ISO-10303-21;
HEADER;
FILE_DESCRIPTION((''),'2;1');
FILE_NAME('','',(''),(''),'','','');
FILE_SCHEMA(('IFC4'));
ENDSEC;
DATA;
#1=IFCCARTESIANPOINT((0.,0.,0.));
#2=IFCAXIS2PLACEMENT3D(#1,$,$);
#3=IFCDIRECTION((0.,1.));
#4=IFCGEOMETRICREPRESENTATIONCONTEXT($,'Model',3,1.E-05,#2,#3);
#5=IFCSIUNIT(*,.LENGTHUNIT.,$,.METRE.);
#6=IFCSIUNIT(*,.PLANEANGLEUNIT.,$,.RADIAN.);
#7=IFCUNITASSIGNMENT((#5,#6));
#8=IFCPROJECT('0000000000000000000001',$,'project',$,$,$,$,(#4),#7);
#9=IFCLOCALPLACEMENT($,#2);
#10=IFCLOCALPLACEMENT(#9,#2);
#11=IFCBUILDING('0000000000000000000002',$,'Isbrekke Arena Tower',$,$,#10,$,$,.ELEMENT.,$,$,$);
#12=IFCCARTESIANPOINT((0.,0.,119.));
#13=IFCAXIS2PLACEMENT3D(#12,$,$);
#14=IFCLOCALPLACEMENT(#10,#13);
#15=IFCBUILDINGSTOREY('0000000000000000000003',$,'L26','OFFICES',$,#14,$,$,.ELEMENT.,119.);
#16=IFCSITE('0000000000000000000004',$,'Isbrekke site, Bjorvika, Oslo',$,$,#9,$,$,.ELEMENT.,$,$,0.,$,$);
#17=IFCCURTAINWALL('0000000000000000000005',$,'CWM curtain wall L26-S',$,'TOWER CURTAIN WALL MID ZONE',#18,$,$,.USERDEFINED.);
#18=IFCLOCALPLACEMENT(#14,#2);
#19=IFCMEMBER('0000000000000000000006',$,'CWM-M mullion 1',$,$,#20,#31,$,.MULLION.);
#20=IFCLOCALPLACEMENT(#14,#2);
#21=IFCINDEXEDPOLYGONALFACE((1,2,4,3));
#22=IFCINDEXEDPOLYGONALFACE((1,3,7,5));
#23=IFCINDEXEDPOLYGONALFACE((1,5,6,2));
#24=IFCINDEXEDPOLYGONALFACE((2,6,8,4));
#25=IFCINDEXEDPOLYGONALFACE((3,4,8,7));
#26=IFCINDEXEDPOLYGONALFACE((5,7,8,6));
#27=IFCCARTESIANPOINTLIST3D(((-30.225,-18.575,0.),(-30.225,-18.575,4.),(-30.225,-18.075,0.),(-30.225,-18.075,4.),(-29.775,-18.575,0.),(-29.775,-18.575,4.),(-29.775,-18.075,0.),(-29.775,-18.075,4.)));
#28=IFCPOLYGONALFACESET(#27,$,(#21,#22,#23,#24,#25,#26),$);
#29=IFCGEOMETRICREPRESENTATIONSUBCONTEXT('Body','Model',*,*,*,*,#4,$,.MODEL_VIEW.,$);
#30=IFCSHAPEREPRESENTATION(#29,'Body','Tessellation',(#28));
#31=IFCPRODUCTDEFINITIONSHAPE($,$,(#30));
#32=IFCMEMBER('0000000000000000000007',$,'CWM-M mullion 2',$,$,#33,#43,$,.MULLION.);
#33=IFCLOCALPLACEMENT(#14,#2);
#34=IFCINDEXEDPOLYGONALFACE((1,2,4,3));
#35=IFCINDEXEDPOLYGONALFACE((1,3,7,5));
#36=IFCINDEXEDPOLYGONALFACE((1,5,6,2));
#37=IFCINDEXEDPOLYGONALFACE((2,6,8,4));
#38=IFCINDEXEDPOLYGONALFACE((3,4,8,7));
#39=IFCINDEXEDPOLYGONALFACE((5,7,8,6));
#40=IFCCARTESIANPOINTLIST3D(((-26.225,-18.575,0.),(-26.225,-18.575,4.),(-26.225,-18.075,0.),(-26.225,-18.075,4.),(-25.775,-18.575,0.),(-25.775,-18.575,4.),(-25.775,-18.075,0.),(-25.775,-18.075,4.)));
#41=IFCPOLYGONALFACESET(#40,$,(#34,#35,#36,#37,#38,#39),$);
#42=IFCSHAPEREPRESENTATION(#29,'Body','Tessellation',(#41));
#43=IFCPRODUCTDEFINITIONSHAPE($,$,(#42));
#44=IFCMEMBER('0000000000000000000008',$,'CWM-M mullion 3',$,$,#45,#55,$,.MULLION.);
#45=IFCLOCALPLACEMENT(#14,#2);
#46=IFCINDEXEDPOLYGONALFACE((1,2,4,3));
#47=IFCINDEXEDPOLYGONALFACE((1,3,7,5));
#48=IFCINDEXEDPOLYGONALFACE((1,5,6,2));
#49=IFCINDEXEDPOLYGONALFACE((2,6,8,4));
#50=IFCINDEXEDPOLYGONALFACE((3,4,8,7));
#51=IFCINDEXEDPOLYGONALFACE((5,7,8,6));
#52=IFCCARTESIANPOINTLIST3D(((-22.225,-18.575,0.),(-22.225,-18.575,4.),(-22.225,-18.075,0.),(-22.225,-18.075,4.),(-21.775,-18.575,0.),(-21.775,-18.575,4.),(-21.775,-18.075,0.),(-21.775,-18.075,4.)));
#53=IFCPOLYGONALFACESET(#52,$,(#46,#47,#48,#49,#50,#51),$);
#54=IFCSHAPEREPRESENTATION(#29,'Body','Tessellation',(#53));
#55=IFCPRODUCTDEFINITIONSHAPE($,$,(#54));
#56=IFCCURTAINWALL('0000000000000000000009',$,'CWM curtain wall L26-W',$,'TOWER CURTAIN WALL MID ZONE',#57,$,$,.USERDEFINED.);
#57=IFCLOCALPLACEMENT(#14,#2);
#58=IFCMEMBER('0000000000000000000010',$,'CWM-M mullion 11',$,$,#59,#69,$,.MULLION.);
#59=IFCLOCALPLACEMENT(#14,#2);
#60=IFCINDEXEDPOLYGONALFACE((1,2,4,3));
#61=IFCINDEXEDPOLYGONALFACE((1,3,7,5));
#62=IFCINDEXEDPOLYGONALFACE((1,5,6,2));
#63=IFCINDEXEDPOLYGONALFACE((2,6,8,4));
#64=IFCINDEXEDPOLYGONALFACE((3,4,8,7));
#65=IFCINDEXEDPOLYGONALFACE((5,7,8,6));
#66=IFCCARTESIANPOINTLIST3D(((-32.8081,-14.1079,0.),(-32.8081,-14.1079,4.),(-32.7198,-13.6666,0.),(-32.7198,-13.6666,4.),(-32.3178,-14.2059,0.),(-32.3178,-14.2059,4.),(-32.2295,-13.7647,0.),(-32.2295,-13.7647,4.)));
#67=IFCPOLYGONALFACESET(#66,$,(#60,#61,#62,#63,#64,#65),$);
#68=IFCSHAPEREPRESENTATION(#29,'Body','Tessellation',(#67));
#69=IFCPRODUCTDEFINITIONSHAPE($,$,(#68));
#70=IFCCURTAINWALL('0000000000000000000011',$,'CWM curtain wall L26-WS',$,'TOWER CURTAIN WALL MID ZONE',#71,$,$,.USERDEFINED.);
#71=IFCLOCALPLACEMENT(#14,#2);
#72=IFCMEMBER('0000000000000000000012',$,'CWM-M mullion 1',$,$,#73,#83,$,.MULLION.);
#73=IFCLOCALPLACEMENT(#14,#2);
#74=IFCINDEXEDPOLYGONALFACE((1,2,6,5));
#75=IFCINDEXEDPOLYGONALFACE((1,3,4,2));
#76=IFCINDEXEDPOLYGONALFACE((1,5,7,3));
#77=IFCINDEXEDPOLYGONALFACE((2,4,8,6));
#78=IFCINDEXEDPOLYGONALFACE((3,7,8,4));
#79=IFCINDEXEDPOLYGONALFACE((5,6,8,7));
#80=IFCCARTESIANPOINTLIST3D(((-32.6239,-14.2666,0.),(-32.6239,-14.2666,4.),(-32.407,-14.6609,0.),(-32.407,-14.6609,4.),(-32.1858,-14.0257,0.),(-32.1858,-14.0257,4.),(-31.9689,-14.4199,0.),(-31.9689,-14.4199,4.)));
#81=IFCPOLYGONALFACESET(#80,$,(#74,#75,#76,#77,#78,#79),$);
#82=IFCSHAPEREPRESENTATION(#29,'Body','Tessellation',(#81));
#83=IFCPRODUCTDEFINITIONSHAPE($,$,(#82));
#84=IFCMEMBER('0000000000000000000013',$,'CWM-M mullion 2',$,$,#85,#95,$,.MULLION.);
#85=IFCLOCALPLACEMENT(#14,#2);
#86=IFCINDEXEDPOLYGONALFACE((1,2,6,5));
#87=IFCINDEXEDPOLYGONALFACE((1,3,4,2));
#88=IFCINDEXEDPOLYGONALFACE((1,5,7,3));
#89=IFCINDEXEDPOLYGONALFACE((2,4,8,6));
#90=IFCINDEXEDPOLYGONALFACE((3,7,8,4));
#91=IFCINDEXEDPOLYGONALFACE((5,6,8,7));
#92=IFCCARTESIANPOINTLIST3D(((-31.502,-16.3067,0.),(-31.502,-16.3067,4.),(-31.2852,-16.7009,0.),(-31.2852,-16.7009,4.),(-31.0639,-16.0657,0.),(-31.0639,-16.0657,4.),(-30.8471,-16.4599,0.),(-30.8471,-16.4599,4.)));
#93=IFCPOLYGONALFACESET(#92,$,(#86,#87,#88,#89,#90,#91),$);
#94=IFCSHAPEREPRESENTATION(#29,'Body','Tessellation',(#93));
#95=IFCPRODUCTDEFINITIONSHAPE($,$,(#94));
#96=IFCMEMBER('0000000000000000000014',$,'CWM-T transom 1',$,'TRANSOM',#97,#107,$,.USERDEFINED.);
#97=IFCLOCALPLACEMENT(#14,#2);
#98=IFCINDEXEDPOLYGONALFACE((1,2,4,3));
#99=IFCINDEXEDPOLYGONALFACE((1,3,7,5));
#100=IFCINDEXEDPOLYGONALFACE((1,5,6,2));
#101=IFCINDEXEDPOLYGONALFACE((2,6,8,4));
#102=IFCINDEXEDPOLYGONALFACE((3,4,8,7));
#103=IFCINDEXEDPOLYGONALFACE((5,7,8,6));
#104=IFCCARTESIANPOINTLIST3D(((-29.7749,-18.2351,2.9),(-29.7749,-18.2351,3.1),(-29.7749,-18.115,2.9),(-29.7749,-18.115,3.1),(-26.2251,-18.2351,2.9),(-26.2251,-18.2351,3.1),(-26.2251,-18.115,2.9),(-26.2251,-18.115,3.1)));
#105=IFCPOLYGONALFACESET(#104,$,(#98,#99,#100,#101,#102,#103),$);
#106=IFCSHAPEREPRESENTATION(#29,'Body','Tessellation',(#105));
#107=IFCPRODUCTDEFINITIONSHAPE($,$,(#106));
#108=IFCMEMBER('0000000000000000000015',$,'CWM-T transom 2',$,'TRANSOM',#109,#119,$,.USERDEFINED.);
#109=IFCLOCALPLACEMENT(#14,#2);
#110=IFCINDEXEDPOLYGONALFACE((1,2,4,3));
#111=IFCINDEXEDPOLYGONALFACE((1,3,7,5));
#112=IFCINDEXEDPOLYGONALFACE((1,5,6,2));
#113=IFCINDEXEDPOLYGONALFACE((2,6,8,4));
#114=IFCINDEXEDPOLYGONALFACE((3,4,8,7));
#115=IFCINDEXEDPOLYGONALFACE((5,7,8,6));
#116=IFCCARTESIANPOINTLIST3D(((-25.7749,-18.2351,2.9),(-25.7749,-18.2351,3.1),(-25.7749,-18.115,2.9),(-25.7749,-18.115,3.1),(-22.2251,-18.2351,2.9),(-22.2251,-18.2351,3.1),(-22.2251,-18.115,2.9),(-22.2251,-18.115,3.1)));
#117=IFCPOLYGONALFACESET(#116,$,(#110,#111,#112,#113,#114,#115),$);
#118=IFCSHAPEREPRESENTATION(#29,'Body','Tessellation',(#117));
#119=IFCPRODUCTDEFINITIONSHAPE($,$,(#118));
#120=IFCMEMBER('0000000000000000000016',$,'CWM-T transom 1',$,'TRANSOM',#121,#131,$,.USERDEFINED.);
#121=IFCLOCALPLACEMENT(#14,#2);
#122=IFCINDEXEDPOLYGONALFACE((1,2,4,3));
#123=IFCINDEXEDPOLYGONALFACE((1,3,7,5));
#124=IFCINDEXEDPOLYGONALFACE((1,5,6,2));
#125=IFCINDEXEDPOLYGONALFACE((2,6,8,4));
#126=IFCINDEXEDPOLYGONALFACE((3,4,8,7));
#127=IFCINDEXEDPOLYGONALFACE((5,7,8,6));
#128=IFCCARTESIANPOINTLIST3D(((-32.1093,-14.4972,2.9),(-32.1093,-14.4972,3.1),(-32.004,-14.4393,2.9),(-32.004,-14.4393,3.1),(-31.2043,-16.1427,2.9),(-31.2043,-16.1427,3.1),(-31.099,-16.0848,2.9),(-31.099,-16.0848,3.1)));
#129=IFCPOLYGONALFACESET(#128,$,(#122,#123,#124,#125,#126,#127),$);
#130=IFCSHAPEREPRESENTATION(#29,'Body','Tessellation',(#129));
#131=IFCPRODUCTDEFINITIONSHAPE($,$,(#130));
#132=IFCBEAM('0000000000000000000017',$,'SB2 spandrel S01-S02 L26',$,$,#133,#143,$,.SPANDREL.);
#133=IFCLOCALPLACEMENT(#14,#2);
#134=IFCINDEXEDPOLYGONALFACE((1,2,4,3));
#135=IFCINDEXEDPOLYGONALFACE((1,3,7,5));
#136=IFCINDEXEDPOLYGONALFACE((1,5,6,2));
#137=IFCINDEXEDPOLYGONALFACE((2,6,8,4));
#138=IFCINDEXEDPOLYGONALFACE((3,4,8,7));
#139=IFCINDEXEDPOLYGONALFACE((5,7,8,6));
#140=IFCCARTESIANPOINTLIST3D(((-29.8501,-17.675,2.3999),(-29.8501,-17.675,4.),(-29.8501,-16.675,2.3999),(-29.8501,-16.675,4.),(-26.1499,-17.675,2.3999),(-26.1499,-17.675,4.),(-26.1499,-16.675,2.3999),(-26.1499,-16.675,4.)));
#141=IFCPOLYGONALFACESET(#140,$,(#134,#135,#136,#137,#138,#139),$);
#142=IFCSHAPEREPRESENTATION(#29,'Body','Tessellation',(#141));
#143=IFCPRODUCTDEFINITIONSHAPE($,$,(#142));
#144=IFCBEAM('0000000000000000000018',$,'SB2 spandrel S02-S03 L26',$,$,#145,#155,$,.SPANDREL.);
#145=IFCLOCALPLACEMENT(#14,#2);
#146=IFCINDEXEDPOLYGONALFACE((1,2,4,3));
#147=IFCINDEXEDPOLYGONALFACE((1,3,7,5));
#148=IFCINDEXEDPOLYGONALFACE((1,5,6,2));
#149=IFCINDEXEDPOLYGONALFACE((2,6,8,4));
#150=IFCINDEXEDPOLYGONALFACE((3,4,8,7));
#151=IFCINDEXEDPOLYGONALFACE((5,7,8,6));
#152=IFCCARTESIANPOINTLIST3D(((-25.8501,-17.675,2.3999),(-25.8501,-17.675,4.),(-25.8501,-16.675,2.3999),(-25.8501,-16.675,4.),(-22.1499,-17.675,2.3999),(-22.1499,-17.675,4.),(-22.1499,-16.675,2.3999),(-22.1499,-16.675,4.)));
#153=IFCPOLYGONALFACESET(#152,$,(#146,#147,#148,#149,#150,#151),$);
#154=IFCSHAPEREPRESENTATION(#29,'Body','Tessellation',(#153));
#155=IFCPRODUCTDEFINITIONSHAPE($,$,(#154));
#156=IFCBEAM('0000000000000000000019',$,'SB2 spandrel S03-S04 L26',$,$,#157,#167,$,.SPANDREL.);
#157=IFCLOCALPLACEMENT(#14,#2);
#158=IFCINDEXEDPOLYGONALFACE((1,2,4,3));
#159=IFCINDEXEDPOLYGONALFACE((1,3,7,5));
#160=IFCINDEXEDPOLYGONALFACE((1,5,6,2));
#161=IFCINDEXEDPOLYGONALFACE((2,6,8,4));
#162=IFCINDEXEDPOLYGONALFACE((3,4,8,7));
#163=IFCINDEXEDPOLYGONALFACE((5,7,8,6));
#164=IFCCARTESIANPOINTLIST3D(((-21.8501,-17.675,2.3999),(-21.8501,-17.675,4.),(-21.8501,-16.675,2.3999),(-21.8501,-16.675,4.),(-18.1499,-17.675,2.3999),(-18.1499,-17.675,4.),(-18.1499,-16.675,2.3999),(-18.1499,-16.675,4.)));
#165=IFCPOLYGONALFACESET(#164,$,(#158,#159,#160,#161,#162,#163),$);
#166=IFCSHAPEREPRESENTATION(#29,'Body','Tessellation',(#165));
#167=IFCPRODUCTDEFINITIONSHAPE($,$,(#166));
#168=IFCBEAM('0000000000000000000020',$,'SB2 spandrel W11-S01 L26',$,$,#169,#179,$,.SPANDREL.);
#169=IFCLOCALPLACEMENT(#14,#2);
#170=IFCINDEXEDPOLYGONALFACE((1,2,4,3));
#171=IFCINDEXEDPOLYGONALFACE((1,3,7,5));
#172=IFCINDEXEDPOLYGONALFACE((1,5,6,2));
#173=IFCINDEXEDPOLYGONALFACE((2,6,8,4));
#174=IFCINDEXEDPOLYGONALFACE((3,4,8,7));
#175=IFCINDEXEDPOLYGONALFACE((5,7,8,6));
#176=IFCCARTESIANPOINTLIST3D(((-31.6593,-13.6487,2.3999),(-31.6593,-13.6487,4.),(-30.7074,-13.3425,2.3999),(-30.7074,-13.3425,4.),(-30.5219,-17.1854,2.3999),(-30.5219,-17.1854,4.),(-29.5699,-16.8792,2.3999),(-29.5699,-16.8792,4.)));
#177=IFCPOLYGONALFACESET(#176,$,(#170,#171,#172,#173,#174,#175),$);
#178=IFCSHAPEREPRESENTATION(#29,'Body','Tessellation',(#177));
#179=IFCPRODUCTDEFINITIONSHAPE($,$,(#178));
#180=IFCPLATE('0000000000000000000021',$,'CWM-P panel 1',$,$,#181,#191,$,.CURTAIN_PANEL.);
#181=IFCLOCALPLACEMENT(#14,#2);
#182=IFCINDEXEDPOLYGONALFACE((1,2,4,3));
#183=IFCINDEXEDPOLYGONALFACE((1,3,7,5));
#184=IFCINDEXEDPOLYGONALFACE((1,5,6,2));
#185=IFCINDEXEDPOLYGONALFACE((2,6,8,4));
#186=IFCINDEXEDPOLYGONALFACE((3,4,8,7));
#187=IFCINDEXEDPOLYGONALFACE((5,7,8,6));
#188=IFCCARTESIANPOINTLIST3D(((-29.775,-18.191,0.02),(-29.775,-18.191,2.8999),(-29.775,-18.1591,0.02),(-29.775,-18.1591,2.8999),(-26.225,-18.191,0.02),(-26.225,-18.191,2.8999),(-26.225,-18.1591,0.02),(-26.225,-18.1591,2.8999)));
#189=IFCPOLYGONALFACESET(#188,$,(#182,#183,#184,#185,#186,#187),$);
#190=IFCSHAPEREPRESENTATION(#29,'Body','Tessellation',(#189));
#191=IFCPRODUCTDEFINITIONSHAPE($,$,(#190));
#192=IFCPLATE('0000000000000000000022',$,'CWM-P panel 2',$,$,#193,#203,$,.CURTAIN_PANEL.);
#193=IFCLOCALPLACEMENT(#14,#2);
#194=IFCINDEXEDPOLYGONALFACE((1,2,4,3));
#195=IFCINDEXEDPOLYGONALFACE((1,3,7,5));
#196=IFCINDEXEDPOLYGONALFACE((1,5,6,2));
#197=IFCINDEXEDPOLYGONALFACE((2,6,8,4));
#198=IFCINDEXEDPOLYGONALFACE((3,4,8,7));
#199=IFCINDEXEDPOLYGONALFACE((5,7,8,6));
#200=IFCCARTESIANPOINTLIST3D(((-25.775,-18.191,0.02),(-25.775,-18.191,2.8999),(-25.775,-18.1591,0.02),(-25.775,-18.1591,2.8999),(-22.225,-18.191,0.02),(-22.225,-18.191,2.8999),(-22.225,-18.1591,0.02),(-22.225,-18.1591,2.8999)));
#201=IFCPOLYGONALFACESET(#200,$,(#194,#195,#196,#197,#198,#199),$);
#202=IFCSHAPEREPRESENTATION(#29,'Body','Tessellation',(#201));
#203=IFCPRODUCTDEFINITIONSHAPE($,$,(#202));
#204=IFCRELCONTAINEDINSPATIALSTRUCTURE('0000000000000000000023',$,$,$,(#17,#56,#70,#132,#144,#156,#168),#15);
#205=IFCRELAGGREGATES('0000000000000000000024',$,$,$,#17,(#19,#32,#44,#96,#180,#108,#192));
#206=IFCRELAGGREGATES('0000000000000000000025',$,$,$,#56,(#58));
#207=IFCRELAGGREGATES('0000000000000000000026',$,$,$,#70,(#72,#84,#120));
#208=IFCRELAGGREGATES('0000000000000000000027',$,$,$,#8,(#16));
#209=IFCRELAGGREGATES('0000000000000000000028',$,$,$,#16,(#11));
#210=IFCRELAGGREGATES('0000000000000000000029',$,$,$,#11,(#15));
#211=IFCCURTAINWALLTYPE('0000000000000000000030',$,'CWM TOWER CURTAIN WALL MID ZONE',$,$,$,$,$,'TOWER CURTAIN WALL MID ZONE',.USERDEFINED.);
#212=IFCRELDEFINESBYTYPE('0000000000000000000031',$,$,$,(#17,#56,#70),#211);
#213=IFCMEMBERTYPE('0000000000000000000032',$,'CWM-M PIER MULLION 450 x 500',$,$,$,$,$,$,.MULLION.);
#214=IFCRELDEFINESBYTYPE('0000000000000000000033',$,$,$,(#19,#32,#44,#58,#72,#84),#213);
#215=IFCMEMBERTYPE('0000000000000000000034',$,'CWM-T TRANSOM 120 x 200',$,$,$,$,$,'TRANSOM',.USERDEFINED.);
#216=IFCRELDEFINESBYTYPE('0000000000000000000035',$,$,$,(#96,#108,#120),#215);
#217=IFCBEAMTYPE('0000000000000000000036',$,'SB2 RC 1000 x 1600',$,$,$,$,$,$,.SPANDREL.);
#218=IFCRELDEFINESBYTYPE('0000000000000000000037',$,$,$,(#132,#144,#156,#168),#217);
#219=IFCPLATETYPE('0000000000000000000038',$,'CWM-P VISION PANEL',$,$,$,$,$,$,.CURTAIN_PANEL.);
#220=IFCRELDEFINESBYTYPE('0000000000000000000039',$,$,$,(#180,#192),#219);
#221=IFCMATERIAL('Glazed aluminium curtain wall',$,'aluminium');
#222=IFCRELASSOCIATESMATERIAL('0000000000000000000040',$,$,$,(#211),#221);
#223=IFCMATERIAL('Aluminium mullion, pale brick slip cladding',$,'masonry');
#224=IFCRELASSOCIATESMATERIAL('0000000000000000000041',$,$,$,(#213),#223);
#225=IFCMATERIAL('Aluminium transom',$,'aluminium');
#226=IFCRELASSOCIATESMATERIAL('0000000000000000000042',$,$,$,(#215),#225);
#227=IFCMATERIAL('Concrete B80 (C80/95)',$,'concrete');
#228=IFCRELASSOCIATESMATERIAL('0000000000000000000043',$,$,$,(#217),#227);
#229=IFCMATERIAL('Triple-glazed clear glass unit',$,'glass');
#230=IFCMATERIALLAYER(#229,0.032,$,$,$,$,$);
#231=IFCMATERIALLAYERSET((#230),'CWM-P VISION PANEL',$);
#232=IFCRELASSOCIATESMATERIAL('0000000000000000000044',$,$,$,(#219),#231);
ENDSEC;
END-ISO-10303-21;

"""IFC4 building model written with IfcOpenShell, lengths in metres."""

from ifc_helpers import new_model, si_unit, direction, frame, origin, origin_2d, place, context, subcontext, project, spatial, rectangle, extrude, material, layer, layer_set, material_profile, profile_set, type_object, element, aggregate, save


model = new_model("IFC4")

# Units and contexts
model_context = context("Model", 3, precision=1e-05, world=origin(), true_north=direction((0.0, 1.0)))
body_context = subcontext(model_context, "Body", "Model", "MODEL_VIEW")
ifc_project = project(units=[si_unit("LENGTHUNIT", "METRE"), si_unit("PLANEANGLEUNIT", "RADIAN")], contexts=[model_context])

# Site, building, storey
site_placement = place(None, origin())
site = spatial("IfcSite", under=ifc_project, at=site_placement, Name="Isbrekke site, Bjorvika, Oslo", CompositionType="ELEMENT", RefElevation=0.0)
building_placement = place(site_placement, origin())
building = spatial("IfcBuilding", under=site, at=building_placement, Name="Isbrekke Arena Tower", CompositionType="ELEMENT")
storey_placement = place(building_placement, frame((0.0, 0.0, 119.0)))
storey = spatial("IfcBuildingStorey", under=building, at=storey_placement, Name="L26", Description="OFFICES", CompositionType="ELEMENT", Elevation=119.0)

# Curtain wall, members
ifc_material_1 = material(Name="Glazed aluminium curtain wall", Category="aluminium")
curtain_wall_type = type_object("IfcCurtainWallType", Name="CWM TOWER CURTAIN WALL MID ZONE", ElementType="TOWER CURTAIN WALL MID ZONE", PredefinedType="USERDEFINED", material=ifc_material_1)
curtain_wall_1_placement = place(storey_placement, origin())
curtain_wall_1 = element("IfcCurtainWall", 1, at=curtain_wall_1_placement, inside=storey, type_object=curtain_wall_type, Name="CWM curtain wall L26-S", ObjectType="TOWER CURTAIN WALL MID ZONE", PredefinedType="USERDEFINED")
ifc_material_2 = material(Name="Aluminium mullion, pale brick slip cladding", Category="masonry")
ifc_material_profile_1 = material_profile(ifc_material_2, rectangle(XDim=0.45, YDim=0.5, at=origin_2d()), Name="PIER 450X500")
ifc_profile_set_1 = profile_set([ifc_material_profile_1], Name="Aluminium mullion, pale brick slip cladding")
member_type_1 = type_object("IfcMemberType", Name="CWM-M PIER MULLION 450 x 500", PredefinedType="MULLION", material=ifc_profile_set_1)
member_1_placement = place(storey_placement, frame((-30.0, -18.325, 0.0), z_axis=(0.0, 0.0, 1.0), x_axis=(1.0, 0.0, 0.0)))
member_1 = element("IfcMember", 2, at=member_1_placement, type_object=member_type_1, Name="CWM-M mullion 1", PredefinedType="MULLION", context=body_context, shape_type="SweptSolid", body=[
    extrude(rectangle(XDim=0.45, YDim=0.5, at=origin_2d()), origin(), (0.0, 0.0, 1.0), 4.0),
])
member_2_placement = place(storey_placement, frame((-26.0, -18.325, 0.0), z_axis=(0.0, 0.0, 1.0), x_axis=(1.0, 0.0, 0.0)))
member_2 = element("IfcMember", 3, at=member_2_placement, type_object=member_type_1, Name="CWM-M mullion 2", PredefinedType="MULLION", context=body_context, shape_type="SweptSolid", body=[
    extrude(rectangle(XDim=0.45, YDim=0.5, at=origin_2d()), origin(), (0.0, 0.0, 1.0), 4.0),
])
member_3_placement = place(storey_placement, frame((-22.0, -18.325, 0.0), z_axis=(0.0, 0.0, 1.0), x_axis=(1.0, 0.0, 0.0)))
member_3 = element("IfcMember", 4, at=member_3_placement, type_object=member_type_1, Name="CWM-M mullion 3", PredefinedType="MULLION", context=body_context, shape_type="SweptSolid", body=[
    extrude(rectangle(XDim=0.45, YDim=0.5, at=origin_2d()), origin(), (0.0, 0.0, 1.0), 4.0),
])

# Curtain wall, member
curtain_wall_2_placement = place(storey_placement, origin())
curtain_wall_2 = element("IfcCurtainWall", 5, at=curtain_wall_2_placement, inside=storey, type_object=curtain_wall_type, Name="CWM curtain wall L26-W", ObjectType="TOWER CURTAIN WALL MID ZONE", PredefinedType="USERDEFINED")
member_4_placement = place(storey_placement, frame((-32.5188, -13.9363, 0.0), z_axis=(0.0, 0.0, 1.0), x_axis=(-0.196116, -0.980581, 0.0)))
member_4 = element("IfcMember", 6, at=member_4_placement, type_object=member_type_1, Name="CWM-M mullion 11", PredefinedType="MULLION", context=body_context, shape_type="SweptSolid", body=[
    extrude(rectangle(XDim=0.45, YDim=0.5, at=origin_2d()), origin(), (0.0, 0.0, 1.0), 4.0),
])

# Curtain wall, members
curtain_wall_3_placement = place(storey_placement, origin())
curtain_wall_3 = element("IfcCurtainWall", 7, at=curtain_wall_3_placement, inside=storey, type_object=curtain_wall_type, Name="CWM curtain wall L26-WS", ObjectType="TOWER CURTAIN WALL MID ZONE", PredefinedType="USERDEFINED")
member_5_placement = place(storey_placement, frame((-32.2964, -14.3433, 0.0), z_axis=(0.0, 0.0, 1.0), x_axis=(0.481919, -0.876216, 0.0)))
member_5 = element("IfcMember", 8, at=member_5_placement, type_object=member_type_1, Name="CWM-M mullion 1", PredefinedType="MULLION", context=body_context, shape_type="SweptSolid", body=[
    extrude(rectangle(XDim=0.45, YDim=0.5, at=origin_2d()), origin(), (0.0, 0.0, 1.0), 4.0),
])
member_6_placement = place(storey_placement, frame((-31.1746, -16.3833, 0.0), z_axis=(0.0, 0.0, 1.0), x_axis=(0.481919, -0.876216, 0.0)))
member_6 = element("IfcMember", 9, at=member_6_placement, type_object=member_type_1, Name="CWM-M mullion 2", PredefinedType="MULLION", context=body_context, shape_type="SweptSolid", body=[
    extrude(rectangle(XDim=0.45, YDim=0.5, at=origin_2d()), origin(), (0.0, 0.0, 1.0), 4.0),
])

# Members
ifc_material_3 = material(Name="Aluminium transom", Category="aluminium")
ifc_material_profile_2 = material_profile(ifc_material_3, rectangle(XDim=0.1201, YDim=0.2, at=origin_2d()), Name="TRANSOM 120X200")
ifc_profile_set_2 = profile_set([ifc_material_profile_2], Name="Aluminium transom")
member_type_2 = type_object("IfcMemberType", Name="CWM-T TRANSOM 120 x 200", ElementType="TRANSOM", PredefinedType="USERDEFINED", material=ifc_profile_set_2)
member_7_placement = place(storey_placement, frame((-29.7749, -18.175, 3.0), z_axis=(1.0, 0.0, 0.0), x_axis=(0.0, 1.0, 0.0)))
member_7 = element("IfcMember", 10, at=member_7_placement, type_object=member_type_2, Name="CWM-T transom 1", ObjectType="TRANSOM", PredefinedType="USERDEFINED", context=body_context, shape_type="SweptSolid", body=[
    extrude(rectangle(XDim=0.1201, YDim=0.2, at=origin_2d()), origin(), (0.0, 0.0, 1.0), 3.5498),
])
member_8_placement = place(storey_placement, frame((-25.7749, -18.175, 3.0), z_axis=(1.0, 0.0, 0.0), x_axis=(0.0, 1.0, 0.0)))
member_8 = element("IfcMember", 11, at=member_8_placement, type_object=member_type_2, Name="CWM-T transom 2", ObjectType="TRANSOM", PredefinedType="USERDEFINED", context=body_context, shape_type="SweptSolid", body=[
    extrude(rectangle(XDim=0.1201, YDim=0.2, at=origin_2d()), origin(), (0.0, 0.0, 1.0), 3.5498),
])
member_9_placement = place(storey_placement, frame((-32.0566, -14.4683, 3.0), z_axis=(0.481919, -0.876216, 0.0), x_axis=(0.876216, 0.481919, 0.0)))
member_9 = element("IfcMember", 12, at=member_9_placement, type_object=member_type_2, Name="CWM-T transom 1", ObjectType="TRANSOM", PredefinedType="USERDEFINED", context=body_context, shape_type="SweptSolid", body=[
    extrude(rectangle(XDim=0.1201, YDim=0.2, at=origin_2d()), origin(), (0.0, 0.0, 1.0), 1.8779),
])

# Beams
ifc_material_4 = material(Name="Concrete B80 (C80/95)", Category="concrete")
ifc_material_profile_3 = material_profile(ifc_material_4, rectangle(XDim=1.0, YDim=1.6001, at=origin_2d()), Name="RC 1000x1600")
ifc_profile_set_3 = profile_set([ifc_material_profile_3], Name="Concrete B80 (C80/95)")
beam_type_1 = type_object("IfcBeamType", Name="SB2 RC 1000 x 1600", PredefinedType="SPANDREL", material=ifc_profile_set_3)
for number, where, z_axis, x_axis, name in (
    (13, (-29.8501, -17.175, 3.2), (1.0, 0.0, 0.0), (0.0, 1.0, 0.0), "SB2 spandrel S01-S02 L26"),
    (14, (-25.8501, -17.175, 3.2), (1.0, 0.0, 0.0), (0.0, 1.0, 0.0), "SB2 spandrel S02-S03 L26"),
    (15, (-21.8501, -17.175, 3.2), (1.0, 0.0, 0.0), (0.0, 1.0, 0.0), "SB2 spandrel S03-S04 L26"),
):
    element("IfcBeam", number, at=place(storey_placement, frame(where, z_axis=z_axis, x_axis=x_axis)), inside=storey, type_object=beam_type_1, Name=name, PredefinedType="SPANDREL", context=body_context, shape_type="SweptSolid", body=[
        extrude(rectangle(XDim=1.0, YDim=1.6001, at=origin_2d()), origin(), (0.0, 0.0, 1.0), 3.7002),
    ])
beam_1_placement = place(storey_placement, frame((-31.1833, -13.4956, 3.2), z_axis=(0.306175, -0.951975, 0.0), x_axis=(0.951975, 0.306175, 0.0)))
element("IfcBeam", 16, at=beam_1_placement, inside=storey, type_object=beam_type_1, Name="SB2 spandrel W11-S01 L26", PredefinedType="SPANDREL", context=body_context, shape_type="SweptSolid", body=[
    extrude(rectangle(XDim=1.0, YDim=1.6001, at=origin_2d()), origin(), (0.0, 0.0, 1.0), 3.7151),
])

# Plates
ifc_material_5 = material(Name="Triple-glazed clear glass unit", Category="glass")
ifc_layer_1 = layer(ifc_material_5, 0.032)
ifc_layer_set_1 = layer_set([ifc_layer_1], Name="CWM-P VISION PANEL")
plate_type = type_object("IfcPlateType", Name="CWM-P VISION PANEL", PredefinedType="CURTAIN_PANEL", material=ifc_layer_set_1)
plate_1_placement = place(storey_placement, frame((-28.0, -18.175, 0.02), z_axis=(0.0, 0.0, 1.0), x_axis=(1.0, 0.0, 0.0)))
plate_1 = element("IfcPlate", 17, at=plate_1_placement, type_object=plate_type, Name="CWM-P panel 1", PredefinedType="CURTAIN_PANEL", context=body_context, shape_type="SweptSolid", body=[
    extrude(rectangle(XDim=3.55, YDim=0.032, at=origin_2d()), origin(), (0.0, 0.0, 1.0), 2.8799),
])
plate_2_placement = place(storey_placement, frame((-24.0, -18.175, 0.02), z_axis=(0.0, 0.0, 1.0), x_axis=(1.0, 0.0, 0.0)))
plate_2 = element("IfcPlate", 18, at=plate_2_placement, type_object=plate_type, Name="CWM-P panel 2", PredefinedType="CURTAIN_PANEL", context=body_context, shape_type="SweptSolid", body=[
    extrude(rectangle(XDim=3.55, YDim=0.032, at=origin_2d()), origin(), (0.0, 0.0, 1.0), 2.8799),
])
aggregate(curtain_wall_1, [member_1, member_2, member_3, member_7, plate_1, member_8, plate_2])
aggregate(curtain_wall_2, [member_4])
aggregate(curtain_wall_3, [member_5, member_6, member_9])

save(model, "model.ifc")
